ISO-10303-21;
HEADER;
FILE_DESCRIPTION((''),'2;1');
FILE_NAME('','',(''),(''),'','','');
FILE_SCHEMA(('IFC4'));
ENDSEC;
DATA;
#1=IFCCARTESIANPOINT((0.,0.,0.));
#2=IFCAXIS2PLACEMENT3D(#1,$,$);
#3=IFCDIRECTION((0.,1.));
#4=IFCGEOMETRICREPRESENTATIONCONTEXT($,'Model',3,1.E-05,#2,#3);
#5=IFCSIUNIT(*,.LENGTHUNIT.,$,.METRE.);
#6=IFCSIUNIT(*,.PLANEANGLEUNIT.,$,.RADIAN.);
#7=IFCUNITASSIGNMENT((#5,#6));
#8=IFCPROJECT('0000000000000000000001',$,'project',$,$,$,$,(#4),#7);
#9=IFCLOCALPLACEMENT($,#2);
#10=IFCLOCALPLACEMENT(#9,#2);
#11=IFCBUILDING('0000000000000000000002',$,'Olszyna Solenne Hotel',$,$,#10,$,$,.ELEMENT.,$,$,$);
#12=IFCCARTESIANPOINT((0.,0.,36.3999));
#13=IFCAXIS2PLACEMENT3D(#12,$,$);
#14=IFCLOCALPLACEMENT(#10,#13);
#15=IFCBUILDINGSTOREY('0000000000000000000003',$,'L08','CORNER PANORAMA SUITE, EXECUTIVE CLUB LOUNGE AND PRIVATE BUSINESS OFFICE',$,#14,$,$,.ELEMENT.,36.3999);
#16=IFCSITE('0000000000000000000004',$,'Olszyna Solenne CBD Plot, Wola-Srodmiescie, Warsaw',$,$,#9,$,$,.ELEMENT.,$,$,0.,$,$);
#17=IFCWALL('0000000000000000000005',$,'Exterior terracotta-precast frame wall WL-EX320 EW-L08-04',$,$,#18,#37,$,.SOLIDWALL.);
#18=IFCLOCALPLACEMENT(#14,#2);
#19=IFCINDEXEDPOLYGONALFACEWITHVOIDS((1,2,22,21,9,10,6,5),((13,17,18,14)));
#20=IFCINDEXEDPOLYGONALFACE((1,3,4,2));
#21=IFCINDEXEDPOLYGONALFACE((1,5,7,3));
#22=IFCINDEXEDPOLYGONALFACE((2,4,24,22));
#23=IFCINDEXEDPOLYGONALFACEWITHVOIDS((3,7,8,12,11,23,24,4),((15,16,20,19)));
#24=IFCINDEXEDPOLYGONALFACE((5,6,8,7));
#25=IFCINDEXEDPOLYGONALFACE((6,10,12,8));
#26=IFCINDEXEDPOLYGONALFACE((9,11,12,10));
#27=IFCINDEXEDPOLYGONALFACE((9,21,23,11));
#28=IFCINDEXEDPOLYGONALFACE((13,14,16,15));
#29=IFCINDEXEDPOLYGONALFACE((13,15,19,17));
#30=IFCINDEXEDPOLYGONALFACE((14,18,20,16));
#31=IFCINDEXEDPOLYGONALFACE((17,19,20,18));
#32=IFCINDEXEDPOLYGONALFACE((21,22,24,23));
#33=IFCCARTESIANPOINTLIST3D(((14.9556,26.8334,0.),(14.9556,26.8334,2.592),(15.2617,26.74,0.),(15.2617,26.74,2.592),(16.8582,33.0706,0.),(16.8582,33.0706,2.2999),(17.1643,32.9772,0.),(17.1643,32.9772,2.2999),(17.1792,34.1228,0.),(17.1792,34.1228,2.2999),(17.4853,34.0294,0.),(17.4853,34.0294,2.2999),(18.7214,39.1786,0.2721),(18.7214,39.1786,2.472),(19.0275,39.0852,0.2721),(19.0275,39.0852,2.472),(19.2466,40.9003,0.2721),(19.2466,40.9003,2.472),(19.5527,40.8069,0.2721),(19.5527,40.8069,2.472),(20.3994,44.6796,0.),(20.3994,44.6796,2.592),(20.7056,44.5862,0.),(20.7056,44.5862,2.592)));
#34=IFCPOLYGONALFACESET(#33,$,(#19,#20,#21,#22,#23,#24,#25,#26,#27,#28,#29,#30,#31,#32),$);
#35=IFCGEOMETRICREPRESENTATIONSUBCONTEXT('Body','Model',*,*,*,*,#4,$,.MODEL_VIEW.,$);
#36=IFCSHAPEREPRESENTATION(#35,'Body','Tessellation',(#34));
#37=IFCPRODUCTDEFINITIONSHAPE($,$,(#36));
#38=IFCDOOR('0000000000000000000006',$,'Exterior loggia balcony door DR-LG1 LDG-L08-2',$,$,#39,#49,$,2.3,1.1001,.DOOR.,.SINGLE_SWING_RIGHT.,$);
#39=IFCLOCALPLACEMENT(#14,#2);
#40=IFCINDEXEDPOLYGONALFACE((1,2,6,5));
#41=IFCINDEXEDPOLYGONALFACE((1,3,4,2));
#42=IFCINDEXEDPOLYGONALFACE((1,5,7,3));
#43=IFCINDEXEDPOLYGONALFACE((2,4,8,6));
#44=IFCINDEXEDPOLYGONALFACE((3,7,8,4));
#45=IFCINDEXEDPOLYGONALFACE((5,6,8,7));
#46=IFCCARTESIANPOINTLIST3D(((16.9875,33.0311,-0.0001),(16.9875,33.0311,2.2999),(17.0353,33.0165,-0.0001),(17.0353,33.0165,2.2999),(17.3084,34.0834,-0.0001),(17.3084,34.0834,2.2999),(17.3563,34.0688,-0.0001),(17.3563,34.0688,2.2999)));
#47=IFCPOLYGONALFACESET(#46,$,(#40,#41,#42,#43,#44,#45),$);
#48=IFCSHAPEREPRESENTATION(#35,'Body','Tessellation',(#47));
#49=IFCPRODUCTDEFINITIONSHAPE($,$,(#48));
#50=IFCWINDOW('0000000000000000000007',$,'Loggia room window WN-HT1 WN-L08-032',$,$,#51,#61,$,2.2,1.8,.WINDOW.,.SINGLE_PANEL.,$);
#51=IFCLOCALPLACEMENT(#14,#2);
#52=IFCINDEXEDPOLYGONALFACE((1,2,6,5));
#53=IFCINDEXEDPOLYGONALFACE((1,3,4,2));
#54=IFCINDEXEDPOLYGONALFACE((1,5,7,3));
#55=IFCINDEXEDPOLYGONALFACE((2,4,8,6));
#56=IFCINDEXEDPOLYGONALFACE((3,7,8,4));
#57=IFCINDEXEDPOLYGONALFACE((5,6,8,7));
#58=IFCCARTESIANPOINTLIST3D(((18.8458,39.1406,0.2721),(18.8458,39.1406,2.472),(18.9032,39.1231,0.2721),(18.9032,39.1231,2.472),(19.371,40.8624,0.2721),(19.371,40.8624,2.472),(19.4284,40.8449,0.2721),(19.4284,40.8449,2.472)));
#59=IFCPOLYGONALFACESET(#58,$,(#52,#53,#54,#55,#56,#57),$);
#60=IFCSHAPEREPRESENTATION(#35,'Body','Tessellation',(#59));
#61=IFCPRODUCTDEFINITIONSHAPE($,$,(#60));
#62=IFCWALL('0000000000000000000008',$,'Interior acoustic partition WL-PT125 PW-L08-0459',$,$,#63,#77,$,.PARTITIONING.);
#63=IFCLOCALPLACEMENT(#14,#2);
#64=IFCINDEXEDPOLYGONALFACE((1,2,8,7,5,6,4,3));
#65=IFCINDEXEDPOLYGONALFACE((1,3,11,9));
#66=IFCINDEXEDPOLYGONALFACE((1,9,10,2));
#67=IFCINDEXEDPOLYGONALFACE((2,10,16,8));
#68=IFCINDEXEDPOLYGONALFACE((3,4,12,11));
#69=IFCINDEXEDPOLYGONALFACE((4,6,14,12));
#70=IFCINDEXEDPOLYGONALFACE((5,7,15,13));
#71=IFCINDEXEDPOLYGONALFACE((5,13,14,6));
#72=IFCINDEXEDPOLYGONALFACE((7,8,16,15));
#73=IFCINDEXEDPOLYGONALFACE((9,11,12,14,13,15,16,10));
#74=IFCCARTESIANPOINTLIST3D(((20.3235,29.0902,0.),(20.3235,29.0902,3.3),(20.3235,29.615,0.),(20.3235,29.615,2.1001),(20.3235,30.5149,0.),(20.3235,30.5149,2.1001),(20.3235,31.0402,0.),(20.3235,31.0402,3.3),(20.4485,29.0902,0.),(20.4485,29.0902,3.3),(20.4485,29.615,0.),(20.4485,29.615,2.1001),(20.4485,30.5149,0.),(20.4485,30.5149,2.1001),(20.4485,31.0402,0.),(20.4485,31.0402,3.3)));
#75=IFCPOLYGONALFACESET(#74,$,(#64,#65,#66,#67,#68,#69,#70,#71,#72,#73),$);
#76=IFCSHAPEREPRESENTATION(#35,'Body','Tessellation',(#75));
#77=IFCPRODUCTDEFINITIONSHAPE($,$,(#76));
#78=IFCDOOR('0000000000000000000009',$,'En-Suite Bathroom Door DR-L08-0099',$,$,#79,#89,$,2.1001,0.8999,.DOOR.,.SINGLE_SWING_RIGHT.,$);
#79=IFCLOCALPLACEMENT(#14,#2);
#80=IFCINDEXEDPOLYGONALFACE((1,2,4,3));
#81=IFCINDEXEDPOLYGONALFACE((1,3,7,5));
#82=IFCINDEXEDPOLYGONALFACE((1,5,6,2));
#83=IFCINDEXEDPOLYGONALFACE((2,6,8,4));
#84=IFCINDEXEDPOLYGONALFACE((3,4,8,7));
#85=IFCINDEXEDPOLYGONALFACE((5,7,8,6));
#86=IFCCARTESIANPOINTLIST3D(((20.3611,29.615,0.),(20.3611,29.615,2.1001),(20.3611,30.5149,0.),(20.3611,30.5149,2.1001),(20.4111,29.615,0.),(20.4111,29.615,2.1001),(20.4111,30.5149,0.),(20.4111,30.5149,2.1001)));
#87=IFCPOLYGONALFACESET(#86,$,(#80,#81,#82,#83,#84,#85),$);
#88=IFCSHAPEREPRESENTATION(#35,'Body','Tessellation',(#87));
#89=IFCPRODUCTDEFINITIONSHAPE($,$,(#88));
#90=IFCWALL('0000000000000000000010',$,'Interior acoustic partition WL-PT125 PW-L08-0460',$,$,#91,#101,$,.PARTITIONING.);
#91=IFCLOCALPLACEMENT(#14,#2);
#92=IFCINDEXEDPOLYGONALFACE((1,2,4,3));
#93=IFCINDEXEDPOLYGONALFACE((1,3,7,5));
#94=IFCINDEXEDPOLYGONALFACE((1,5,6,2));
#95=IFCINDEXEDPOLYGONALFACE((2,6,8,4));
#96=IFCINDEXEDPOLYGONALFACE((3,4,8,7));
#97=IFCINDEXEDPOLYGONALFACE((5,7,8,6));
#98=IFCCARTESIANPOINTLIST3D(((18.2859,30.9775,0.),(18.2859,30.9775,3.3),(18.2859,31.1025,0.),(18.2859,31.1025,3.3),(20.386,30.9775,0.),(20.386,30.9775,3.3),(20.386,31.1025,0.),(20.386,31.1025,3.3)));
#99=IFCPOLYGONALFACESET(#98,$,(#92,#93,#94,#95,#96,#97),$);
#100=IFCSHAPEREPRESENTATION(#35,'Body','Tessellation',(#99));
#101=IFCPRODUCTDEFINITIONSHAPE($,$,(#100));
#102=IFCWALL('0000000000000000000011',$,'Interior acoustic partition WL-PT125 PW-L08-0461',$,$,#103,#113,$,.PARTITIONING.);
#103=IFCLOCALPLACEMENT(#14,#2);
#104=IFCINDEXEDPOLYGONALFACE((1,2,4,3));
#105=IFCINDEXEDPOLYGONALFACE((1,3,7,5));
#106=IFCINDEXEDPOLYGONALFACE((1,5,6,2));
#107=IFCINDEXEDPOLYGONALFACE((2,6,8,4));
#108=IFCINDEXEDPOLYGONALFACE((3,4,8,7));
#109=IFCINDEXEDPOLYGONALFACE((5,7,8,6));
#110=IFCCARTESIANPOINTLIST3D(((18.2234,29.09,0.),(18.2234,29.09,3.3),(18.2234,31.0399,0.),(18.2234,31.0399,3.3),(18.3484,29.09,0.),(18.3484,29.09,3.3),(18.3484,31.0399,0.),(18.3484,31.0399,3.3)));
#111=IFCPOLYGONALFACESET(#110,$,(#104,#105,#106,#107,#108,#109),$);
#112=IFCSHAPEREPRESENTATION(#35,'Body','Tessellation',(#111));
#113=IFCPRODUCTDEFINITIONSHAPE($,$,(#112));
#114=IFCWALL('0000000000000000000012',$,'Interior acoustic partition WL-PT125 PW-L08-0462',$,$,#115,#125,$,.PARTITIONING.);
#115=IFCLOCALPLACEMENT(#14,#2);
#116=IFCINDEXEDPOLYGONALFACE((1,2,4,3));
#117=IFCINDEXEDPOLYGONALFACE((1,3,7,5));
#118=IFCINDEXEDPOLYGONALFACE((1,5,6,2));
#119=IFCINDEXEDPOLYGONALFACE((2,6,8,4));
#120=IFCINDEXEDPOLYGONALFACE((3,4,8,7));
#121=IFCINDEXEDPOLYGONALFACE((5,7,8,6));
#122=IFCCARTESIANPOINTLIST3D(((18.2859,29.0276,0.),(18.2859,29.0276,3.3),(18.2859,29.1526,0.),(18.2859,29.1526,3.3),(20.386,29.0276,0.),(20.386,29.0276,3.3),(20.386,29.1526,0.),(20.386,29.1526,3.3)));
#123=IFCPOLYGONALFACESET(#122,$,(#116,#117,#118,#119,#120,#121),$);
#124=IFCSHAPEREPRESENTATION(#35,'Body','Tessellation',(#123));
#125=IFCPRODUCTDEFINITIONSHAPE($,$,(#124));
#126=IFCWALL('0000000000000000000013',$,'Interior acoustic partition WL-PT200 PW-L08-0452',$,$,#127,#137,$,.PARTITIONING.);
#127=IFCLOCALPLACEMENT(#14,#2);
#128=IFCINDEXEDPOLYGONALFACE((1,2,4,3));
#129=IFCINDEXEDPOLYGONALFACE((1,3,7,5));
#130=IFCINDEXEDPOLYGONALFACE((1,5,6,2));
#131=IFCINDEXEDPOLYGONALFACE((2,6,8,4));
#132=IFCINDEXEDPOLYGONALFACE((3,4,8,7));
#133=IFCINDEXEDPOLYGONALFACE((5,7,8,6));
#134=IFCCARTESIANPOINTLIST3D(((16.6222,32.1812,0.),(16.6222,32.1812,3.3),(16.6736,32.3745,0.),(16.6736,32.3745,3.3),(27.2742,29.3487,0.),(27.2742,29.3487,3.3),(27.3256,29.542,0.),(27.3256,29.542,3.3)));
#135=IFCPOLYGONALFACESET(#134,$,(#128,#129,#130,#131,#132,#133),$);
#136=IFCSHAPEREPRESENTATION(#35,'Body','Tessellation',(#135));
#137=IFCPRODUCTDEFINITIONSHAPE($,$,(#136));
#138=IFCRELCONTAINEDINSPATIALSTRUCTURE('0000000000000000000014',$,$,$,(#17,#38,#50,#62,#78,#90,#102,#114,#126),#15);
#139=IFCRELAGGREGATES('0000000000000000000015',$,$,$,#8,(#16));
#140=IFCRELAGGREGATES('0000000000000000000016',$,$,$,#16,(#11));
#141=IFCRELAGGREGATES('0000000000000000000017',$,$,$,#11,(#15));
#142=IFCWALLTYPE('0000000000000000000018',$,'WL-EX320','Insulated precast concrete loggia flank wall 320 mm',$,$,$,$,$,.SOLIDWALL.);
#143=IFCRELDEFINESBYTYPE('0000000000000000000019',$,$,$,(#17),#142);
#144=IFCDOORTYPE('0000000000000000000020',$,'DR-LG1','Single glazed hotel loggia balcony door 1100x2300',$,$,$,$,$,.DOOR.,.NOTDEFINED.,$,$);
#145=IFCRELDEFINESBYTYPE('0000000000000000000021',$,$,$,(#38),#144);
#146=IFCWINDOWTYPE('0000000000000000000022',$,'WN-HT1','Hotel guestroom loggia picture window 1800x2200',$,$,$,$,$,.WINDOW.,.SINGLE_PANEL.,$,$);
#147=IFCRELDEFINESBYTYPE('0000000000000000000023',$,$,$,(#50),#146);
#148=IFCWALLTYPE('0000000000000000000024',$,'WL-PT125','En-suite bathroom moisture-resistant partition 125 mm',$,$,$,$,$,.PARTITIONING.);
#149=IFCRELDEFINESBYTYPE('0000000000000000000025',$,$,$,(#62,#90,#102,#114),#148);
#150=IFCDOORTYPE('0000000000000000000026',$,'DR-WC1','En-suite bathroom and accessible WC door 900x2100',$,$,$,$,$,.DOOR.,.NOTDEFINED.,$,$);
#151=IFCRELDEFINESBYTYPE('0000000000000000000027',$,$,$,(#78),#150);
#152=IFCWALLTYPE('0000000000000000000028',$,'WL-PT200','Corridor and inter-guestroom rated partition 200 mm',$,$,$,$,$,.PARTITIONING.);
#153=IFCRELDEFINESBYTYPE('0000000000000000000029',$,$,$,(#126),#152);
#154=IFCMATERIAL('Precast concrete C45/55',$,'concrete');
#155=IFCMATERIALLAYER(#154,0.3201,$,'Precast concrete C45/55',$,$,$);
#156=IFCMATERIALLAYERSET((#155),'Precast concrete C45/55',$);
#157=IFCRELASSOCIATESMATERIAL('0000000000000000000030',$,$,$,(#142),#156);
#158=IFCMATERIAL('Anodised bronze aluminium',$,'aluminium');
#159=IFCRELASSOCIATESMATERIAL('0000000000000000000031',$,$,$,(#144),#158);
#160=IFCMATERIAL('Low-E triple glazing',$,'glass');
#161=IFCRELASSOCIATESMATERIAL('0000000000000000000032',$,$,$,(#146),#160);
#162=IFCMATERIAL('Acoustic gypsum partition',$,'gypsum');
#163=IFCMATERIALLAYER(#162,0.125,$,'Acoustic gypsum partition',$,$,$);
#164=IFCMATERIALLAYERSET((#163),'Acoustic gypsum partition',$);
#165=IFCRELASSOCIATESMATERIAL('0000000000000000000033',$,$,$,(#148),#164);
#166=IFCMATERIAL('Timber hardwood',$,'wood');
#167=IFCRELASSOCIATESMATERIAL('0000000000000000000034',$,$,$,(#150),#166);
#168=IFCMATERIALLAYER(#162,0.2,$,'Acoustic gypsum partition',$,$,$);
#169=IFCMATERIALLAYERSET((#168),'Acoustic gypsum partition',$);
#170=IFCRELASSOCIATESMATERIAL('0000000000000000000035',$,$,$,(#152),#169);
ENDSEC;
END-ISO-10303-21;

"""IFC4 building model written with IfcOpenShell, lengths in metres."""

from ifc_helpers import new_model, si_unit, direction, frame, frame_2d, origin, place, context, subcontext, project, spatial, rectangle, extrude, source, transform, mapped, material, layer, layer_set, type_object, type_shapes, element, fill, save


model = new_model("IFC4")

# Units and contexts
model_context = context("Model", 3, precision=1e-05, world=origin(), true_north=direction((0.0, 1.0)))
body_context = subcontext(model_context, "Body", "Model", "MODEL_VIEW")
ifc_project = project(units=[si_unit("LENGTHUNIT", "METRE"), si_unit("PLANEANGLEUNIT", "RADIAN")], contexts=[model_context])

# Site, building, storey
site_placement = place(None, origin())
site = spatial("IfcSite", under=ifc_project, at=site_placement, Name="Olszyna Solenne CBD Plot, Wola-Srodmiescie, Warsaw", CompositionType="ELEMENT", RefElevation=0.0)
building_placement = place(site_placement, origin())
building = spatial("IfcBuilding", under=site, at=building_placement, Name="Olszyna Solenne Hotel", CompositionType="ELEMENT")
storey_placement = place(building_placement, frame((0.0, 0.0, 36.3999)))
storey = spatial("IfcBuildingStorey", under=building, at=storey_placement, Name="L08", Description="CORNER PANORAMA SUITE, EXECUTIVE CLUB LOUNGE AND PRIVATE BUSINESS OFFICE", CompositionType="ELEMENT", Elevation=36.3999)

# Shared definitions
ifc_material_1 = material(Name="Anodised bronze aluminium", Category="aluminium")

# Wall, openings, door, window
ifc_material_2 = material(Name="Precast concrete C45/55", Category="concrete")
ifc_layer_1 = layer(ifc_material_2, 0.3201, Name="Precast concrete C45/55")
ifc_layer_set_1 = layer_set([ifc_layer_1], Name="Precast concrete C45/55")
wall_type_1 = type_object("IfcWallType", Name="WL-EX320", Description="Insulated precast concrete loggia flank wall 320 mm", PredefinedType="SOLIDWALL", material=ifc_layer_set_1)
wall_1_placement = place(storey_placement, frame((15.1086, 26.7866, 0.0), z_axis=(0.0, 0.0, 1.0), x_axis=(0.29177, 0.956489, 0.0)))
wall_1 = element("IfcWall", 1, at=wall_1_placement, inside=storey, type_object=wall_type_1, Name="Exterior terracotta-precast frame wall WL-EX320 EW-L08-04", PredefinedType="SOLIDWALL", context=body_context, shape_type="SweptSolid", body=[
    extrude(rectangle(XDim=18.658, YDim=0.3201, at=frame_2d((9.3291, 0.0))), origin(), (0.0, 0.0, 1.0), 2.592),
])
opening_1_placement = place(wall_1_placement, frame((6.521, 0.0, 0.0)))
opening_1 = element("IfcOpeningElement", 2, at=opening_1_placement, cuts=wall_1, PredefinedType="OPENING", context=body_context, shape_type="SweptSolid", body=[
    extrude(rectangle(XDim=1.1001, YDim=2.3, at=frame_2d((0.55, 1.1499))), frame((0.0, 0.1699, 0.0), z_axis=(0.0, -1.0, 0.0), x_axis=(1.0, 0.0, 0.0)), (0.0, 0.0, 1.0), 0.3401),
])
opening_2_placement = place(wall_1_placement, frame((12.907, 0.0, 0.272)))
opening_2 = element("IfcOpeningElement", 3, at=opening_2_placement, cuts=wall_1, PredefinedType="OPENING", context=body_context, shape_type="SweptSolid", body=[
    extrude(rectangle(XDim=1.8, YDim=2.2, at=frame_2d((0.8999, 1.1001))), frame((0.0, 0.1699, 0.0), z_axis=(0.0, -1.0, 0.0), x_axis=(1.0, 0.0, 0.0)), (0.0, 0.0, 1.0), 0.3401),
])
door_type_1 = type_object("IfcDoorType", Name="DR-LG1", Description="Single glazed hotel loggia balcony door 1100x2300", OperationType="NOTDEFINED", PredefinedType="DOOR", material=ifc_material_1)
shared_shape_1 = source(origin(), body_context, "Body", "SweptSolid", [
    extrude(rectangle(XDim=1.1001, YDim=2.3, at=frame_2d((0.55, 1.1499))), frame((0.0, 0.0249, 0.0), z_axis=(0.0, -1.0, 0.0), x_axis=(1.0, 0.0, 0.0)), (0.0, 0.0, 1.0), 0.05),
])
type_shapes(door_type_1, [shared_shape_1])
door_1_placement = place(opening_1_placement, origin())
door_1 = element("IfcDoor", 4, at=door_1_placement, inside=storey, type_object=door_type_1, Name="Exterior loggia balcony door DR-LG1 LDG-L08-2", OperationType="SINGLE_SWING_RIGHT", OverallHeight=2.3, OverallWidth=1.1001, PredefinedType="DOOR", context=body_context, shape_type="MappedRepresentation", body=[
    mapped(shared_shape_1, transform((0.0, 0.0, 0.0), x_axis=(1.0, 0.0, 0.0), y_axis=(0.0, 1.0, 0.0), z_axis=(0.0, 0.0, 1.0), scale=1.0)),
])
fill(opening_1, door_1)
ifc_material_3 = material(Name="Low-E triple glazing", Category="glass")
window_type = type_object("IfcWindowType", Name="WN-HT1", Description="Hotel guestroom loggia picture window 1800x2200", PartitioningType="SINGLE_PANEL", PredefinedType="WINDOW", material=ifc_material_3)
shared_shape_2 = source(origin(), body_context, "Body", "SweptSolid", [
    extrude(rectangle(XDim=1.8, YDim=2.2, at=frame_2d((0.8999, 1.1001))), frame((0.0, 0.03, 0.0), z_axis=(0.0, -1.0, 0.0), x_axis=(1.0, 0.0, 0.0)), (0.0, 0.0, 1.0), 0.0601),
])
type_shapes(window_type, [shared_shape_2])
window_placement = place(opening_2_placement, origin())
window = element("IfcWindow", 5, at=window_placement, inside=storey, type_object=window_type, Name="Loggia room window WN-HT1 WN-L08-032", OverallHeight=2.2, OverallWidth=1.8, PartitioningType="SINGLE_PANEL", PredefinedType="WINDOW", context=body_context, shape_type="MappedRepresentation", body=[
    mapped(shared_shape_2, transform((0.0, 0.0, 0.0), x_axis=(1.0, 0.0, 0.0), y_axis=(0.0, 1.0, 0.0), z_axis=(0.0, 0.0, 1.0), scale=1.0)),
])
fill(opening_2, window)

# Wall, opening, door
ifc_material_4 = material(Name="Acoustic gypsum partition", Category="gypsum")
ifc_layer_2 = layer(ifc_material_4, 0.125, Name="Acoustic gypsum partition")
ifc_layer_set_2 = layer_set([ifc_layer_2], Name="Acoustic gypsum partition")
wall_type_2 = type_object("IfcWallType", Name="WL-PT125", Description="En-suite bathroom moisture-resistant partition 125 mm", PredefinedType="PARTITIONING", material=ifc_layer_set_2)
wall_2_placement = place(storey_placement, frame((20.386, 29.0901, 0.0), z_axis=(0.0, 0.0, 1.0), x_axis=(0.0, 1.0, 0.0)))
wall_2 = element("IfcWall", 6, at=wall_2_placement, inside=storey, type_object=wall_type_2, Name="Interior acoustic partition WL-PT125 PW-L08-0459", PredefinedType="PARTITIONING", context=body_context, shape_type="SweptSolid", body=[
    extrude(rectangle(XDim=1.95, YDim=0.125, at=frame_2d((0.9751, 0.0))), origin(), (0.0, 0.0, 1.0), 3.3),
])
opening_3_placement = place(wall_2_placement, frame((0.5249, 0.0, 0.0)))
opening_3 = element("IfcOpeningElement", 7, at=opening_3_placement, cuts=wall_2, PredefinedType="OPENING", context=body_context, shape_type="SweptSolid", body=[
    extrude(rectangle(XDim=0.8999, YDim=2.1001, at=frame_2d((0.45, 1.05))), frame((0.0, 0.0725, 0.0), z_axis=(0.0, -1.0, 0.0), x_axis=(1.0, 0.0, 0.0)), (0.0, 0.0, 1.0), 0.145),
])
ifc_material_5 = material(Name="Timber hardwood", Category="wood")
door_type_2 = type_object("IfcDoorType", Name="DR-WC1", Description="En-suite bathroom and accessible WC door 900x2100", OperationType="NOTDEFINED", PredefinedType="DOOR", material=ifc_material_5)
shared_shape_3 = source(origin(), body_context, "Body", "SweptSolid", [
    extrude(rectangle(XDim=0.8999, YDim=2.1001, at=frame_2d((0.45, 1.05))), frame((0.0, 0.0249, 0.0), z_axis=(0.0, -1.0, 0.0), x_axis=(1.0, 0.0, 0.0)), (0.0, 0.0, 1.0), 0.05),
])
type_shapes(door_type_2, [shared_shape_3])
door_2_placement = place(opening_3_placement, origin())
door_2 = element("IfcDoor", 8, at=door_2_placement, inside=storey, type_object=door_type_2, Name="En-Suite Bathroom Door DR-L08-0099", OperationType="SINGLE_SWING_RIGHT", OverallHeight=2.1001, OverallWidth=0.8999, PredefinedType="DOOR", context=body_context, shape_type="MappedRepresentation", body=[
    mapped(shared_shape_3, transform((0.0, 0.0, 0.0), x_axis=(1.0, 0.0, 0.0), y_axis=(0.0, 1.0, 0.0), z_axis=(0.0, 0.0, 1.0), scale=1.0)),
])
fill(opening_3, door_2)

# Walls
wall_3_placement = place(storey_placement, frame((20.386, 31.04, 0.0), z_axis=(0.0, 0.0, 1.0), x_axis=(-1.0, 0.0, 0.0)))
element("IfcWall", 9, at=wall_3_placement, inside=storey, type_object=wall_type_2, Name="Interior acoustic partition WL-PT125 PW-L08-0460", PredefinedType="PARTITIONING", context=body_context, shape_type="SweptSolid", body=[
    extrude(rectangle(XDim=2.1001, YDim=0.125, at=frame_2d((1.05, 0.0))), origin(), (0.0, 0.0, 1.0), 3.3),
])
wall_4_placement = place(storey_placement, frame((18.2859, 31.04, 0.0), z_axis=(0.0, 0.0, 1.0), x_axis=(0.0, -1.0, 0.0)))
element("IfcWall", 10, at=wall_4_placement, inside=storey, type_object=wall_type_2, Name="Interior acoustic partition WL-PT125 PW-L08-0461", PredefinedType="PARTITIONING", context=body_context, shape_type="SweptSolid", body=[
    extrude(rectangle(XDim=1.95, YDim=0.125, at=frame_2d((0.9751, 0.0))), origin(), (0.0, 0.0, 1.0), 3.3),
])
wall_5_placement = place(storey_placement, frame((18.2859, 29.0901, 0.0), z_axis=(0.0, 0.0, 1.0), x_axis=(1.0, 0.0, 0.0)))
element("IfcWall", 11, at=wall_5_placement, inside=storey, type_object=wall_type_2, Name="Interior acoustic partition WL-PT125 PW-L08-0462", PredefinedType="PARTITIONING", context=body_context, shape_type="SweptSolid", body=[
    extrude(rectangle(XDim=2.1001, YDim=0.125, at=frame_2d((1.05, 0.0))), origin(), (0.0, 0.0, 1.0), 3.3),
])
ifc_layer_3 = layer(ifc_material_4, 0.2, Name="Acoustic gypsum partition")
ifc_layer_set_3 = layer_set([ifc_layer_3], Name="Acoustic gypsum partition")
wall_type_3 = type_object("IfcWallType", Name="WL-PT200", Description="Corridor and inter-guestroom rated partition 200 mm", PredefinedType="PARTITIONING", material=ifc_layer_set_3)
wall_6_placement = place(storey_placement, frame((27.3, 29.4453, 0.0), z_axis=(0.0, 0.0, 1.0), x_axis=(-0.966416, 0.256982, 0.0)))
element("IfcWall", 12, at=wall_6_placement, inside=storey, type_object=wall_type_3, Name="Interior acoustic partition WL-PT200 PW-L08-0452", PredefinedType="PARTITIONING", context=body_context, shape_type="SweptSolid", body=[
    extrude(rectangle(XDim=11.0222, YDim=0.2, at=frame_2d((5.5112, 0.0))), origin(), (0.0, 0.0, 1.0), 3.3),
])

save(model, "model.ifc")
